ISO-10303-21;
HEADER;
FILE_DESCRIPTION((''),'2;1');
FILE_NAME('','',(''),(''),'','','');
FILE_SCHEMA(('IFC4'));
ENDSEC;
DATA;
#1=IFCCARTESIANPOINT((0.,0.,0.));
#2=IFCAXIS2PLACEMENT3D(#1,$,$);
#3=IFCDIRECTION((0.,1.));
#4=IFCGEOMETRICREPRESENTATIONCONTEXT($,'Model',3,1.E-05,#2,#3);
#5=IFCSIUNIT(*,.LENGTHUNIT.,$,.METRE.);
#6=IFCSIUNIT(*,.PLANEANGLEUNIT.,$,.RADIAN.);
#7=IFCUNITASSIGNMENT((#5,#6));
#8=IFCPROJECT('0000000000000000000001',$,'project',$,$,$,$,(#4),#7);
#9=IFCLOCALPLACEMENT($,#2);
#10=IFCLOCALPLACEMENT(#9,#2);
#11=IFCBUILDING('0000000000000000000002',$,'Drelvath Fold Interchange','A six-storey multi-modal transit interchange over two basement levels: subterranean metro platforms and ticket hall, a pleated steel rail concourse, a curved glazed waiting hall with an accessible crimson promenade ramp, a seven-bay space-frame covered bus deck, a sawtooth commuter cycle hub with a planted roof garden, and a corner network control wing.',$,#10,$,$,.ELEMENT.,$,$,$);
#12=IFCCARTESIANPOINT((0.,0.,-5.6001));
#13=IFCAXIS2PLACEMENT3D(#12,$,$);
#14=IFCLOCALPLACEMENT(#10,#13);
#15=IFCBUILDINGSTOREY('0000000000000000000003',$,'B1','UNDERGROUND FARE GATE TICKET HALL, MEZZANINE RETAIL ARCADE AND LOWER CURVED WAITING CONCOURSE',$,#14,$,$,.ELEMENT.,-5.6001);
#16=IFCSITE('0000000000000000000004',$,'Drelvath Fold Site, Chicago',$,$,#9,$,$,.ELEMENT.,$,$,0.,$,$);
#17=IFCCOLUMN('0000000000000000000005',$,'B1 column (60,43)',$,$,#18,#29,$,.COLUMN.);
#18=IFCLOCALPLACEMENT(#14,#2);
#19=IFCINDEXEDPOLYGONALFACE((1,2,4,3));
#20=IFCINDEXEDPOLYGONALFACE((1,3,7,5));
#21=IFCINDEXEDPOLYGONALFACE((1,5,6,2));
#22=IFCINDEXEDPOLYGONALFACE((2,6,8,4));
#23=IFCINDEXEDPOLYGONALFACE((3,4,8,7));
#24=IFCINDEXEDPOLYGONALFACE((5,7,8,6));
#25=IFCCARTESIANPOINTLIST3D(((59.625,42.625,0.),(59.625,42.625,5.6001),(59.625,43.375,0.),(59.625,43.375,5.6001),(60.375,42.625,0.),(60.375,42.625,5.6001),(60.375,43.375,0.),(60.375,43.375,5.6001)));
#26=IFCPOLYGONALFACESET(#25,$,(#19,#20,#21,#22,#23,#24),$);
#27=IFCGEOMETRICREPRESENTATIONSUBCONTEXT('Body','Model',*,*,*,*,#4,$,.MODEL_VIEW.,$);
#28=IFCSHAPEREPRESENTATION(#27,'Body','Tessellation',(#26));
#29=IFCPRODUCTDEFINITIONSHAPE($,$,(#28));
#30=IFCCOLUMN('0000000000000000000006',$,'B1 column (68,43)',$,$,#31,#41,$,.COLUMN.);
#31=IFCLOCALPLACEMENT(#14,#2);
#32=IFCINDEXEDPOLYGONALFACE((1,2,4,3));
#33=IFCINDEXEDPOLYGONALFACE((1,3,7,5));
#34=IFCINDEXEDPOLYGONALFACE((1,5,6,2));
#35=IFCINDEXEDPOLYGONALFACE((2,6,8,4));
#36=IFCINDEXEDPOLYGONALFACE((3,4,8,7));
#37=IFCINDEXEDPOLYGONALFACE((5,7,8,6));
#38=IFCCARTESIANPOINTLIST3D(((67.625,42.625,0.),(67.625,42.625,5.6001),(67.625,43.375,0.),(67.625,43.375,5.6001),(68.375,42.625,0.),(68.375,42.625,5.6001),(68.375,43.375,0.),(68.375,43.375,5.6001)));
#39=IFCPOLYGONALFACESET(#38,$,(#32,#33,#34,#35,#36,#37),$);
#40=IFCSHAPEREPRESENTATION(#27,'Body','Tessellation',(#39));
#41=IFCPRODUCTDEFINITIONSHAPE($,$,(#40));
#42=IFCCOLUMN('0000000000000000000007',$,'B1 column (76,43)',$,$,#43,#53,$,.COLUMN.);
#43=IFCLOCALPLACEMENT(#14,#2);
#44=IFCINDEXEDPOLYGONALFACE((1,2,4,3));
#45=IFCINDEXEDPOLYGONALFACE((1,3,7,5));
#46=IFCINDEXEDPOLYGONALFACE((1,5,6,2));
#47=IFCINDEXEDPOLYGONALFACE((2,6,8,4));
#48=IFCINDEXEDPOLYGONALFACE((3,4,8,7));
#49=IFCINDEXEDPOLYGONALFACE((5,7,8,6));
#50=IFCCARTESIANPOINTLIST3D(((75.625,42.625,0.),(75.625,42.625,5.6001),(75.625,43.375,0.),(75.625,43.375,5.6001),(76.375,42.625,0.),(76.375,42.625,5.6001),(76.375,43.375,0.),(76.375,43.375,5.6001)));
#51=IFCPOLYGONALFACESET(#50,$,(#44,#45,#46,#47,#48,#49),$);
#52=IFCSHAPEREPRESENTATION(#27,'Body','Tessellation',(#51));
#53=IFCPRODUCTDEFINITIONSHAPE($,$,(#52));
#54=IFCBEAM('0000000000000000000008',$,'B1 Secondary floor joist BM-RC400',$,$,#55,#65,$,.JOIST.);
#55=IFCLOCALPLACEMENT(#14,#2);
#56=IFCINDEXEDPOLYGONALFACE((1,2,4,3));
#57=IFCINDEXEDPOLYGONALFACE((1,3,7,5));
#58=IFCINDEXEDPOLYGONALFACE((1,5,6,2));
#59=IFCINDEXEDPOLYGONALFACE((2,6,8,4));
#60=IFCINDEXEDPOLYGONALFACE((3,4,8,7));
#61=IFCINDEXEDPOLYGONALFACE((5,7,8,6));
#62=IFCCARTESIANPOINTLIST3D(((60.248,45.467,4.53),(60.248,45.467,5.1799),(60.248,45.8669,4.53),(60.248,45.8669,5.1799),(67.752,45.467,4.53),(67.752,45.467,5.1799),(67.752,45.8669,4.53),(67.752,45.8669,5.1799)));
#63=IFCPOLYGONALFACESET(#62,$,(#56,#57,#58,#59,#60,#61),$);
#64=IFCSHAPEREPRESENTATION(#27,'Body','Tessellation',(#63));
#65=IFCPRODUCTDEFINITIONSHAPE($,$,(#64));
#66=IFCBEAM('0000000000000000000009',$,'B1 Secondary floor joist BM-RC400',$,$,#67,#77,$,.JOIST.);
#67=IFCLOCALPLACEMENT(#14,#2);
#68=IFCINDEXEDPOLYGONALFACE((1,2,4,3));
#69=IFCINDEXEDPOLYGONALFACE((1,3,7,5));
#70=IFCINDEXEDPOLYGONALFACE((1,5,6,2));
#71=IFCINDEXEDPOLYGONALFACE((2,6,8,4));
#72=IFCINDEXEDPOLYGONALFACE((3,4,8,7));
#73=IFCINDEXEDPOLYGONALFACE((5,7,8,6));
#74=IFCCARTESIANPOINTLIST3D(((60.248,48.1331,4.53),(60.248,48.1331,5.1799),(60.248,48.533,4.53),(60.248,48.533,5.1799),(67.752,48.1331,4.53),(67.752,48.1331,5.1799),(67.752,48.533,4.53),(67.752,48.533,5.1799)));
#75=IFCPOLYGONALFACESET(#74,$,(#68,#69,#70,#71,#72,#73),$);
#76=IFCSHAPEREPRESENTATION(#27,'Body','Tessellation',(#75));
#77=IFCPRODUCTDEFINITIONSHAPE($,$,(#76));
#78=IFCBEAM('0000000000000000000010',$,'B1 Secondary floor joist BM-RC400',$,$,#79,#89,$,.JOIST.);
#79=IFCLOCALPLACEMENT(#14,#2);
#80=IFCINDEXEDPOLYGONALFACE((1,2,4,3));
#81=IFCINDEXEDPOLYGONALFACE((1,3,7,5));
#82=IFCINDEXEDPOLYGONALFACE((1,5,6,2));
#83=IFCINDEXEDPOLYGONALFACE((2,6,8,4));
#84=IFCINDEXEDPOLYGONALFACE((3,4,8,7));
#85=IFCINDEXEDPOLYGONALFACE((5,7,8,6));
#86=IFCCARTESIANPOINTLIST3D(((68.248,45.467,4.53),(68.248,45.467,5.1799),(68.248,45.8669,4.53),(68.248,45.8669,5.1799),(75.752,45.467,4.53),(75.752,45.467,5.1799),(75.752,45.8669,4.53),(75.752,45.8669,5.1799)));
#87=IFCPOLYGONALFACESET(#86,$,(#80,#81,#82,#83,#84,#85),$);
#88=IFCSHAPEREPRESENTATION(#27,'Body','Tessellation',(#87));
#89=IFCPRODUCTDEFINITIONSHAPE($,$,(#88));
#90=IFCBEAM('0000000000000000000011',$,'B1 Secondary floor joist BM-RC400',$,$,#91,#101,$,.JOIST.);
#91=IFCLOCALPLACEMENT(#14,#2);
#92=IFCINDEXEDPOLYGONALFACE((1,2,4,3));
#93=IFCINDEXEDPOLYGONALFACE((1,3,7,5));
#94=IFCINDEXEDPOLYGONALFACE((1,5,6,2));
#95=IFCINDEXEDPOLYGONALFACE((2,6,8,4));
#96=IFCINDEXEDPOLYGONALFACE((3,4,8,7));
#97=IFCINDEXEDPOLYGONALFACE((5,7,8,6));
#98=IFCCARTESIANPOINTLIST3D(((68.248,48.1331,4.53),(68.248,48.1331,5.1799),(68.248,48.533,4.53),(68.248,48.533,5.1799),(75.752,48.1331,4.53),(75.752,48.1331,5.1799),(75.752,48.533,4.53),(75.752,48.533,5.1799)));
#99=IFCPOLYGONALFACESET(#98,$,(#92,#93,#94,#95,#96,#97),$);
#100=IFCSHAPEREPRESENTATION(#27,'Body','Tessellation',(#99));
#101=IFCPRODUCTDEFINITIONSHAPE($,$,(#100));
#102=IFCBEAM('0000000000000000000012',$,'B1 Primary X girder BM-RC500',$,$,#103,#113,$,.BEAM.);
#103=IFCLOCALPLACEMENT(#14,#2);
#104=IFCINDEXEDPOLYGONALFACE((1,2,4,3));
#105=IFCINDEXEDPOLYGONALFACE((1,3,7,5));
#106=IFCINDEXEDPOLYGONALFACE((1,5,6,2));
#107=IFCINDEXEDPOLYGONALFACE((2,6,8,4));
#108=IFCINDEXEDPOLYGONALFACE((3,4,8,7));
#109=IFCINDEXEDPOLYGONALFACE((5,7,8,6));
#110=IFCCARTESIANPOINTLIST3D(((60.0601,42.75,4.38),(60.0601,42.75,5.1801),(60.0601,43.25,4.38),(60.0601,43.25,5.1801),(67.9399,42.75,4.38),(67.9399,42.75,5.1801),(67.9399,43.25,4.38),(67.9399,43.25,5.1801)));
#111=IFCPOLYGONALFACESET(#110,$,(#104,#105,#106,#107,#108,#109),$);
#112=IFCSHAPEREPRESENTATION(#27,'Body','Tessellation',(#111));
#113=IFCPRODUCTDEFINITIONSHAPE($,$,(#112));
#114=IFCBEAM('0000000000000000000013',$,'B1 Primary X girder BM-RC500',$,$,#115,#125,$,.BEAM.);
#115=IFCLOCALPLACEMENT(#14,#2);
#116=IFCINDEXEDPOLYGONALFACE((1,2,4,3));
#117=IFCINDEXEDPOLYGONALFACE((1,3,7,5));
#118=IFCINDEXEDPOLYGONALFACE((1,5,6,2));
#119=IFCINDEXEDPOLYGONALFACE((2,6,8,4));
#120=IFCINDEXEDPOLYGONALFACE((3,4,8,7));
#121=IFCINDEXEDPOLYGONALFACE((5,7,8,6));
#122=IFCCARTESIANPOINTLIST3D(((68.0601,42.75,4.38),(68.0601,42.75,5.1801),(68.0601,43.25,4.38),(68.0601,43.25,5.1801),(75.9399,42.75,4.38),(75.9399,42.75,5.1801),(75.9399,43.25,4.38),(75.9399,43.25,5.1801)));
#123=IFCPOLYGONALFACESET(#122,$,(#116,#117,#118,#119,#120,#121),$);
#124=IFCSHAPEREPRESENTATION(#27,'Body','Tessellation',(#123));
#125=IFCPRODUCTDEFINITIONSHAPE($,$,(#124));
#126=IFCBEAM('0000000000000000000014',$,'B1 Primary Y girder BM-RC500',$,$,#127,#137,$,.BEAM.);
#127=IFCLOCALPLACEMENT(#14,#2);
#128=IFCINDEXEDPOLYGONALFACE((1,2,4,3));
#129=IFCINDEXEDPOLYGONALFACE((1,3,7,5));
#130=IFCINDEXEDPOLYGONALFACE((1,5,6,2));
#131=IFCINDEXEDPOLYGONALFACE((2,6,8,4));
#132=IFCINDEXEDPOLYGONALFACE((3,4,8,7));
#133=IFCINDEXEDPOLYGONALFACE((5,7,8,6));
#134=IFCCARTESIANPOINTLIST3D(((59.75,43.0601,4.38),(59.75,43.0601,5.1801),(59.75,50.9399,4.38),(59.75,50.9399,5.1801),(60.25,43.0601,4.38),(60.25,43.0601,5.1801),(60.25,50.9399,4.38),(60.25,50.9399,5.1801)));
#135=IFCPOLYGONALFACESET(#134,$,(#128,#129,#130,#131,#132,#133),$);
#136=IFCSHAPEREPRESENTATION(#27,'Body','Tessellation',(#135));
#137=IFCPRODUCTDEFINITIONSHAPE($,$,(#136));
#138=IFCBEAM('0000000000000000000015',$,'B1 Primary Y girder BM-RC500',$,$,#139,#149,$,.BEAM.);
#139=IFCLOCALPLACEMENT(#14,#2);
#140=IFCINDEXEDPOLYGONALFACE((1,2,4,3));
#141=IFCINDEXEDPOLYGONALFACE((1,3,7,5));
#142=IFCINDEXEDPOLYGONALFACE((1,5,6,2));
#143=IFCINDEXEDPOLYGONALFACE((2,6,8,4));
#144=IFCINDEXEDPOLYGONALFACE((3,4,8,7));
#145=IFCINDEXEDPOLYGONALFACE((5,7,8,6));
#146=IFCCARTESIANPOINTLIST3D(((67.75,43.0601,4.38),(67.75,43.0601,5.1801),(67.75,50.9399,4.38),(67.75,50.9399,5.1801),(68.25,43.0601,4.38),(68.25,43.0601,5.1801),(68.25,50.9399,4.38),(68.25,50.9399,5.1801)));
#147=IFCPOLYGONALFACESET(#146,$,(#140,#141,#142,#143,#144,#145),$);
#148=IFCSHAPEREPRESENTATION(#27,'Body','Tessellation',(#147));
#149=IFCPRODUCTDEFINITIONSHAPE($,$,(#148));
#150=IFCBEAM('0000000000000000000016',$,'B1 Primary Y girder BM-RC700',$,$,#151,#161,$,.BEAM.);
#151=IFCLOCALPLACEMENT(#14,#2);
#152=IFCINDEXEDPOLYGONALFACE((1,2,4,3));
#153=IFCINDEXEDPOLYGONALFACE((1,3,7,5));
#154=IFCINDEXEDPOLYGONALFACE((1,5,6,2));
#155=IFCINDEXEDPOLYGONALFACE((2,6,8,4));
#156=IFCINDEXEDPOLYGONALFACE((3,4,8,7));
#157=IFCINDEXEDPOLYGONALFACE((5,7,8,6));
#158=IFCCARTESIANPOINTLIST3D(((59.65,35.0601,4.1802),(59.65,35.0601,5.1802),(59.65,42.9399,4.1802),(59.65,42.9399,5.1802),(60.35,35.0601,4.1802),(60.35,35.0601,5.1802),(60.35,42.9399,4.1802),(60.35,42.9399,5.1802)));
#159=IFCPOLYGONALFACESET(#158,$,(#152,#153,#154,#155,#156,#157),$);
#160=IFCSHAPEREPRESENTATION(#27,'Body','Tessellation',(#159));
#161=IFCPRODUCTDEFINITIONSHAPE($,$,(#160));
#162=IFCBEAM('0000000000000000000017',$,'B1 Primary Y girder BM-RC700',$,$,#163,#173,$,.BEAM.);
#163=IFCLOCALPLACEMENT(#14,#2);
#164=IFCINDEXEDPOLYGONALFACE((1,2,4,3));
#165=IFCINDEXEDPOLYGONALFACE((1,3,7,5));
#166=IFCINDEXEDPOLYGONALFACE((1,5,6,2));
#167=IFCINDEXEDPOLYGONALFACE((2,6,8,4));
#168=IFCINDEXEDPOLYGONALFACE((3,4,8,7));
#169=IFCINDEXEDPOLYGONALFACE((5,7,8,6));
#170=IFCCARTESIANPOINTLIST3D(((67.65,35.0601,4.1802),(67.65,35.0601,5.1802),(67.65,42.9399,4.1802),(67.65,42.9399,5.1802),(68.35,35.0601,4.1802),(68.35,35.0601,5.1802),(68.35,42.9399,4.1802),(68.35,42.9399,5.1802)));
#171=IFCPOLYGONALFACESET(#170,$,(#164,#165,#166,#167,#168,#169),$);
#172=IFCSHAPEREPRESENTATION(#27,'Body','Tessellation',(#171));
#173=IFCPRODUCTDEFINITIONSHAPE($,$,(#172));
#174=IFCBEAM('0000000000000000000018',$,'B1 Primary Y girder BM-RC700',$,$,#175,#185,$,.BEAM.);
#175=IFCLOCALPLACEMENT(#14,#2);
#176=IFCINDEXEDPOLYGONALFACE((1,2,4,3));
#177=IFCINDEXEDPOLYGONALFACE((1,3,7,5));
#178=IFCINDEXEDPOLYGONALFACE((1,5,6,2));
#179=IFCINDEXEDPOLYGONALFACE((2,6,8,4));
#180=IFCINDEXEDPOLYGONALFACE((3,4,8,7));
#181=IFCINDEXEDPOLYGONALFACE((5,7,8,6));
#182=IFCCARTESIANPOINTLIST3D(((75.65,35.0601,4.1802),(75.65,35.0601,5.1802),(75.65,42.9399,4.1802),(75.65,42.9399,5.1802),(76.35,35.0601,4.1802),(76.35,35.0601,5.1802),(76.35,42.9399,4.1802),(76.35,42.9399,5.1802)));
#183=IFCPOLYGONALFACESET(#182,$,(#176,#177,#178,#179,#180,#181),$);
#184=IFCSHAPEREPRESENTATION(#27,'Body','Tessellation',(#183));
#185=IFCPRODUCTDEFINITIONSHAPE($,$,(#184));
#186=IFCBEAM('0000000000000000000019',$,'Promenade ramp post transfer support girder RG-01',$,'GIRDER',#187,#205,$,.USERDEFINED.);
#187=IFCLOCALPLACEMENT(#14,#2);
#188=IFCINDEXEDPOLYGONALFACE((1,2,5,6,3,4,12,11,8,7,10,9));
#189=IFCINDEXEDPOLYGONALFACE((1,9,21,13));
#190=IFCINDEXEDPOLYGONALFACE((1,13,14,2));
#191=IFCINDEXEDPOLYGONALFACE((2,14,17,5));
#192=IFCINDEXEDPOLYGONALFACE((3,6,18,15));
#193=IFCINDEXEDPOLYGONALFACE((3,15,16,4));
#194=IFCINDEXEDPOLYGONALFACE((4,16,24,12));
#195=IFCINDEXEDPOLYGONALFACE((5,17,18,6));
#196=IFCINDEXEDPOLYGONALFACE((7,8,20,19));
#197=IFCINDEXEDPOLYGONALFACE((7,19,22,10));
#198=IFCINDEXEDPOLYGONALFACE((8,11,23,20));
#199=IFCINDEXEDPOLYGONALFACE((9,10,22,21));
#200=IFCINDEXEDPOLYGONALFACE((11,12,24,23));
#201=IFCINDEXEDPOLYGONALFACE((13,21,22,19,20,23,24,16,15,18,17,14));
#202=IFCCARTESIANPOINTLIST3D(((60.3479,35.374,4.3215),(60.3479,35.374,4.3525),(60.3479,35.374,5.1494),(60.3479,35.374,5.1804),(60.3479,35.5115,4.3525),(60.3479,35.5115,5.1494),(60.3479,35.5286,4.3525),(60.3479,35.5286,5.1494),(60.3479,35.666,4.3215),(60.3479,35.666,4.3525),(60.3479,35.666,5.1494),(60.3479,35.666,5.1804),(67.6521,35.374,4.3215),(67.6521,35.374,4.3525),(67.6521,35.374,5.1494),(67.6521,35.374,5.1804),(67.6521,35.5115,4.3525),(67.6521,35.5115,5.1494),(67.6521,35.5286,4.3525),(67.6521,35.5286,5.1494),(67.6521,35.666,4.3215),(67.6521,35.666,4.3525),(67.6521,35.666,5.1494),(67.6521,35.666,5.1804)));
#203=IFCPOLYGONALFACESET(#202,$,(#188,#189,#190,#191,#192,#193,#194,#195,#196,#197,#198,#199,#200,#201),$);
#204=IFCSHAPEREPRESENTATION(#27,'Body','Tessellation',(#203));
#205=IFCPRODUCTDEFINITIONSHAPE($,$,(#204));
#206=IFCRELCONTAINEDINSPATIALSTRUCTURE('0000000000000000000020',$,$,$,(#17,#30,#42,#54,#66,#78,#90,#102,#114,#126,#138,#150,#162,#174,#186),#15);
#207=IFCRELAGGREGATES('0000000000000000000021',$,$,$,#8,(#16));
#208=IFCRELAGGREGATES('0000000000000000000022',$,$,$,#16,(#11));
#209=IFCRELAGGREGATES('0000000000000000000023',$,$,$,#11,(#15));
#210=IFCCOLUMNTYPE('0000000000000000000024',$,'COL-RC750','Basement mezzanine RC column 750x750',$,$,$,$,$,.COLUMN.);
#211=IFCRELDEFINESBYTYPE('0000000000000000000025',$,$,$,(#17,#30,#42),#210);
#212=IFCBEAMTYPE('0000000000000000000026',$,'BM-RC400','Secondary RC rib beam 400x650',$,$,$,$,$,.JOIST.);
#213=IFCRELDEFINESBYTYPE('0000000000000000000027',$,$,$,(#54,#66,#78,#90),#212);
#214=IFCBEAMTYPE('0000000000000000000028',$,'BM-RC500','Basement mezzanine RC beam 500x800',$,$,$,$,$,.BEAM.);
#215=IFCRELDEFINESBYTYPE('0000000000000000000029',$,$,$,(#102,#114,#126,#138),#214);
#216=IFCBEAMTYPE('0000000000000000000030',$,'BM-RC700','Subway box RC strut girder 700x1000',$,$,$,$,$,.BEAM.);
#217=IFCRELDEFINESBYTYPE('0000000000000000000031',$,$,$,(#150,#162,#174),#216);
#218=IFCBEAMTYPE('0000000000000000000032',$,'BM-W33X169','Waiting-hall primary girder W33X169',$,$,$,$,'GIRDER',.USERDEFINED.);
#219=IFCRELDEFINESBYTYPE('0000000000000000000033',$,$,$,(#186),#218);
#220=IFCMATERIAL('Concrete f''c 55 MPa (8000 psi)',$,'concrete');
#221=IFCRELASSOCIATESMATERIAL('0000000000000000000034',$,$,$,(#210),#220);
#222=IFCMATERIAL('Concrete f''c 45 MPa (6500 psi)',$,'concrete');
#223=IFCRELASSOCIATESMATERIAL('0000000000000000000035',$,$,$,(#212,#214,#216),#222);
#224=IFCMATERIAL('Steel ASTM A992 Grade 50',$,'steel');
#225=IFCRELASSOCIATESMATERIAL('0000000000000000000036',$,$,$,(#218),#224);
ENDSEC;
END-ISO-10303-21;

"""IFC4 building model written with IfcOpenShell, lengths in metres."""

from ifc_helpers import new_model, si_unit, direction, frame, origin, origin_2d, place, context, subcontext, project, spatial, rectangle, i_section, extrude, material, material_profile, profile_set, type_object, element, save


model = new_model("IFC4")

# Units and contexts
model_context = context("Model", 3, precision=1e-05, world=origin(), true_north=direction((0.0, 1.0)))
body_context = subcontext(model_context, "Body", "Model", "MODEL_VIEW")
ifc_project = project(units=[si_unit("LENGTHUNIT", "METRE"), si_unit("PLANEANGLEUNIT", "RADIAN")], contexts=[model_context])

# Site, building, storey
site_placement = place(None, origin())
site = spatial("IfcSite", under=ifc_project, at=site_placement, Name="Drelvath Fold Site, Chicago", CompositionType="ELEMENT", RefElevation=0.0)
building_placement = place(site_placement, origin())
building = spatial("IfcBuilding", under=site, at=building_placement, Name="Drelvath Fold Interchange", Description="A six-storey multi-modal transit interchange over two basement levels: subterranean metro platforms and ticket hall, a pleated steel rail concourse, a curved glazed waiting hall with an accessible crimson promenade ramp, a seven-bay space-frame covered bus deck, a sawtooth commuter cycle hub with a planted roof garden, and a corner network control wing.", CompositionType="ELEMENT")
storey_placement = place(building_placement, frame((0.0, 0.0, -5.6001)))
storey = spatial("IfcBuildingStorey", under=building, at=storey_placement, Name="B1", Description="UNDERGROUND FARE GATE TICKET HALL, MEZZANINE RETAIL ARCADE AND LOWER CURVED WAITING CONCOURSE", CompositionType="ELEMENT", Elevation=-5.6001)

# Columns
ifc_material_1 = material(Name="Concrete f'c 55 MPa (8000 psi)", Category="concrete")
ifc_material_profile_1 = material_profile(ifc_material_1, rectangle(XDim=0.75, YDim=0.75, at=origin_2d()), Name="RC 750x750")
ifc_profile_set_1 = profile_set([ifc_material_profile_1], Name="Concrete f'c 55 MPa (8000 psi)")
column_type = type_object("IfcColumnType", Name="COL-RC750", Description="Basement mezzanine RC column 750x750", PredefinedType="COLUMN", material=ifc_profile_set_1)
for number, where, z_axis, x_axis, name in (
    (1, (60.0, 43.0, 0.0), (0.0, 0.0, 1.0), (1.0, 0.0, 0.0), "B1 column (60,43)"),
    (2, (68.0, 43.0, 0.0), (0.0, 0.0, 1.0), (1.0, 0.0, 0.0), "B1 column (68,43)"),
    (3, (76.0, 43.0, 0.0), (0.0, 0.0, 1.0), (1.0, 0.0, 0.0), "B1 column (76,43)"),
):
    element("IfcColumn", number, at=place(storey_placement, frame(where, z_axis=z_axis, x_axis=x_axis)), inside=storey, type_object=column_type, Name=name, PredefinedType="COLUMN", context=body_context, shape_type="SweptSolid", body=[
        extrude(rectangle(XDim=0.75, YDim=0.75, at=origin_2d()), origin(), (0.0, 0.0, 1.0), 5.6001),
    ])

# Beams
ifc_material_2 = material(Name="Concrete f'c 45 MPa (6500 psi)", Category="concrete")
ifc_material_profile_2 = material_profile(ifc_material_2, rectangle(XDim=0.3999, YDim=0.6499, at=origin_2d()), Name="RC 400x650")
ifc_profile_set_2 = profile_set([ifc_material_profile_2], Name="Concrete f'c 45 MPa (6500 psi)")
beam_type_1 = type_object("IfcBeamType", Name="BM-RC400", Description="Secondary RC rib beam 400x650", PredefinedType="JOIST", material=ifc_profile_set_2)
for number, where, z_axis, x_axis, name in (
    (4, (60.248, 45.667, 4.855), (1.0, 0.0, 0.0), (0.0, 1.0, 0.0), "B1 Secondary floor joist BM-RC400"),
    (5, (60.248, 48.333, 4.855), (1.0, 0.0, 0.0), (0.0, 1.0, 0.0), "B1 Secondary floor joist BM-RC400"),
    (6, (68.248, 45.667, 4.855), (1.0, 0.0, 0.0), (0.0, 1.0, 0.0), "B1 Secondary floor joist BM-RC400"),
    (7, (68.248, 48.333, 4.855), (1.0, 0.0, 0.0), (0.0, 1.0, 0.0), "B1 Secondary floor joist BM-RC400"),
):
    element("IfcBeam", number, at=place(storey_placement, frame(where, z_axis=z_axis, x_axis=x_axis)), inside=storey, type_object=beam_type_1, Name=name, PredefinedType="JOIST", context=body_context, shape_type="SweptSolid", body=[
        extrude(rectangle(XDim=0.3999, YDim=0.6499, at=origin_2d()), origin(), (0.0, 0.0, 1.0), 7.5039),
    ])
ifc_material_profile_3 = material_profile(ifc_material_2, rectangle(XDim=0.5, YDim=0.8, at=origin_2d()), Name="RC 500x800")
ifc_profile_set_3 = profile_set([ifc_material_profile_3], Name="Concrete f'c 45 MPa (6500 psi)")
beam_type_2 = type_object("IfcBeamType", Name="BM-RC500", Description="Basement mezzanine RC beam 500x800", PredefinedType="BEAM", material=ifc_profile_set_3)
for number, where, z_axis, x_axis, name in (
    (8, (60.0601, 43.0, 4.78), (1.0, 0.0, 0.0), (0.0, 1.0, 0.0), "B1 Primary X girder BM-RC500"),
    (9, (68.0601, 43.0, 4.78), (1.0, 0.0, 0.0), (0.0, 1.0, 0.0), "B1 Primary X girder BM-RC500"),
    (10, (60.0, 43.0601, 4.78), (0.0, 1.0, 0.0), (-1.0, 0.0, 0.0), "B1 Primary Y girder BM-RC500"),
    (11, (68.0, 43.0601, 4.78), (0.0, 1.0, 0.0), (-1.0, 0.0, 0.0), "B1 Primary Y girder BM-RC500"),
):
    element("IfcBeam", number, at=place(storey_placement, frame(where, z_axis=z_axis, x_axis=x_axis)), inside=storey, type_object=beam_type_2, Name=name, PredefinedType="BEAM", context=body_context, shape_type="SweptSolid", body=[
        extrude(rectangle(XDim=0.5, YDim=0.8, at=origin_2d()), origin(), (0.0, 0.0, 1.0), 7.8799),
    ])
ifc_material_profile_4 = material_profile(ifc_material_2, rectangle(XDim=0.7, YDim=1.0, at=origin_2d()), Name="RC 700x1000")
ifc_profile_set_4 = profile_set([ifc_material_profile_4], Name="Concrete f'c 45 MPa (6500 psi)")
beam_type_3 = type_object("IfcBeamType", Name="BM-RC700", Description="Subway box RC strut girder 700x1000", PredefinedType="BEAM", material=ifc_profile_set_4)
for number, where, z_axis, x_axis, name in (
    (12, (60.0, 35.0601, 4.6802), (0.0, 1.0, 0.0), (-1.0, 0.0, 0.0), "B1 Primary Y girder BM-RC700"),
    (13, (68.0, 35.0601, 4.6802), (0.0, 1.0, 0.0), (-1.0, 0.0, 0.0), "B1 Primary Y girder BM-RC700"),
    (14, (76.0, 35.0601, 4.6802), (0.0, 1.0, 0.0), (-1.0, 0.0, 0.0), "B1 Primary Y girder BM-RC700"),
):
    element("IfcBeam", number, at=place(storey_placement, frame(where, z_axis=z_axis, x_axis=x_axis)), inside=storey, type_object=beam_type_3, Name=name, PredefinedType="BEAM", context=body_context, shape_type="SweptSolid", body=[
        extrude(rectangle(XDim=0.7, YDim=1.0, at=origin_2d()), origin(), (0.0, 0.0, 1.0), 7.8799),
    ])
ifc_material_3 = material(Name="Steel ASTM A992 Grade 50", Category="steel")
ifc_material_profile_5 = material_profile(ifc_material_3, i_section(OverallWidth=0.292, OverallDepth=0.8589, WebThickness=0.0171, FlangeThickness=0.031, at=origin_2d()), Name="W33X169")
ifc_profile_set_5 = profile_set([ifc_material_profile_5], Name="Steel ASTM A992 Grade 50")
beam_type_4 = type_object("IfcBeamType", Name="BM-W33X169", Description="Waiting-hall primary girder W33X169", ElementType="GIRDER", PredefinedType="USERDEFINED", material=ifc_profile_set_5)
for number, where, z_axis, x_axis, name in (
    (15, (60.3479, 35.52, 4.751), (1.0, 0.0, 0.0), (0.0, 1.0, 0.0), "Promenade ramp post transfer support girder RG-01"),
):
    element("IfcBeam", number, at=place(storey_placement, frame(where, z_axis=z_axis, x_axis=x_axis)), inside=storey, type_object=beam_type_4, Name=name, ObjectType="GIRDER", PredefinedType="USERDEFINED", context=body_context, shape_type="SweptSolid", body=[
        extrude(i_section(OverallWidth=0.292, OverallDepth=0.8589, WebThickness=0.0171, FlangeThickness=0.031, at=origin_2d()), origin(), (0.0, 0.0, 1.0), 7.3042),
    ])

save(model, "model.ifc")
